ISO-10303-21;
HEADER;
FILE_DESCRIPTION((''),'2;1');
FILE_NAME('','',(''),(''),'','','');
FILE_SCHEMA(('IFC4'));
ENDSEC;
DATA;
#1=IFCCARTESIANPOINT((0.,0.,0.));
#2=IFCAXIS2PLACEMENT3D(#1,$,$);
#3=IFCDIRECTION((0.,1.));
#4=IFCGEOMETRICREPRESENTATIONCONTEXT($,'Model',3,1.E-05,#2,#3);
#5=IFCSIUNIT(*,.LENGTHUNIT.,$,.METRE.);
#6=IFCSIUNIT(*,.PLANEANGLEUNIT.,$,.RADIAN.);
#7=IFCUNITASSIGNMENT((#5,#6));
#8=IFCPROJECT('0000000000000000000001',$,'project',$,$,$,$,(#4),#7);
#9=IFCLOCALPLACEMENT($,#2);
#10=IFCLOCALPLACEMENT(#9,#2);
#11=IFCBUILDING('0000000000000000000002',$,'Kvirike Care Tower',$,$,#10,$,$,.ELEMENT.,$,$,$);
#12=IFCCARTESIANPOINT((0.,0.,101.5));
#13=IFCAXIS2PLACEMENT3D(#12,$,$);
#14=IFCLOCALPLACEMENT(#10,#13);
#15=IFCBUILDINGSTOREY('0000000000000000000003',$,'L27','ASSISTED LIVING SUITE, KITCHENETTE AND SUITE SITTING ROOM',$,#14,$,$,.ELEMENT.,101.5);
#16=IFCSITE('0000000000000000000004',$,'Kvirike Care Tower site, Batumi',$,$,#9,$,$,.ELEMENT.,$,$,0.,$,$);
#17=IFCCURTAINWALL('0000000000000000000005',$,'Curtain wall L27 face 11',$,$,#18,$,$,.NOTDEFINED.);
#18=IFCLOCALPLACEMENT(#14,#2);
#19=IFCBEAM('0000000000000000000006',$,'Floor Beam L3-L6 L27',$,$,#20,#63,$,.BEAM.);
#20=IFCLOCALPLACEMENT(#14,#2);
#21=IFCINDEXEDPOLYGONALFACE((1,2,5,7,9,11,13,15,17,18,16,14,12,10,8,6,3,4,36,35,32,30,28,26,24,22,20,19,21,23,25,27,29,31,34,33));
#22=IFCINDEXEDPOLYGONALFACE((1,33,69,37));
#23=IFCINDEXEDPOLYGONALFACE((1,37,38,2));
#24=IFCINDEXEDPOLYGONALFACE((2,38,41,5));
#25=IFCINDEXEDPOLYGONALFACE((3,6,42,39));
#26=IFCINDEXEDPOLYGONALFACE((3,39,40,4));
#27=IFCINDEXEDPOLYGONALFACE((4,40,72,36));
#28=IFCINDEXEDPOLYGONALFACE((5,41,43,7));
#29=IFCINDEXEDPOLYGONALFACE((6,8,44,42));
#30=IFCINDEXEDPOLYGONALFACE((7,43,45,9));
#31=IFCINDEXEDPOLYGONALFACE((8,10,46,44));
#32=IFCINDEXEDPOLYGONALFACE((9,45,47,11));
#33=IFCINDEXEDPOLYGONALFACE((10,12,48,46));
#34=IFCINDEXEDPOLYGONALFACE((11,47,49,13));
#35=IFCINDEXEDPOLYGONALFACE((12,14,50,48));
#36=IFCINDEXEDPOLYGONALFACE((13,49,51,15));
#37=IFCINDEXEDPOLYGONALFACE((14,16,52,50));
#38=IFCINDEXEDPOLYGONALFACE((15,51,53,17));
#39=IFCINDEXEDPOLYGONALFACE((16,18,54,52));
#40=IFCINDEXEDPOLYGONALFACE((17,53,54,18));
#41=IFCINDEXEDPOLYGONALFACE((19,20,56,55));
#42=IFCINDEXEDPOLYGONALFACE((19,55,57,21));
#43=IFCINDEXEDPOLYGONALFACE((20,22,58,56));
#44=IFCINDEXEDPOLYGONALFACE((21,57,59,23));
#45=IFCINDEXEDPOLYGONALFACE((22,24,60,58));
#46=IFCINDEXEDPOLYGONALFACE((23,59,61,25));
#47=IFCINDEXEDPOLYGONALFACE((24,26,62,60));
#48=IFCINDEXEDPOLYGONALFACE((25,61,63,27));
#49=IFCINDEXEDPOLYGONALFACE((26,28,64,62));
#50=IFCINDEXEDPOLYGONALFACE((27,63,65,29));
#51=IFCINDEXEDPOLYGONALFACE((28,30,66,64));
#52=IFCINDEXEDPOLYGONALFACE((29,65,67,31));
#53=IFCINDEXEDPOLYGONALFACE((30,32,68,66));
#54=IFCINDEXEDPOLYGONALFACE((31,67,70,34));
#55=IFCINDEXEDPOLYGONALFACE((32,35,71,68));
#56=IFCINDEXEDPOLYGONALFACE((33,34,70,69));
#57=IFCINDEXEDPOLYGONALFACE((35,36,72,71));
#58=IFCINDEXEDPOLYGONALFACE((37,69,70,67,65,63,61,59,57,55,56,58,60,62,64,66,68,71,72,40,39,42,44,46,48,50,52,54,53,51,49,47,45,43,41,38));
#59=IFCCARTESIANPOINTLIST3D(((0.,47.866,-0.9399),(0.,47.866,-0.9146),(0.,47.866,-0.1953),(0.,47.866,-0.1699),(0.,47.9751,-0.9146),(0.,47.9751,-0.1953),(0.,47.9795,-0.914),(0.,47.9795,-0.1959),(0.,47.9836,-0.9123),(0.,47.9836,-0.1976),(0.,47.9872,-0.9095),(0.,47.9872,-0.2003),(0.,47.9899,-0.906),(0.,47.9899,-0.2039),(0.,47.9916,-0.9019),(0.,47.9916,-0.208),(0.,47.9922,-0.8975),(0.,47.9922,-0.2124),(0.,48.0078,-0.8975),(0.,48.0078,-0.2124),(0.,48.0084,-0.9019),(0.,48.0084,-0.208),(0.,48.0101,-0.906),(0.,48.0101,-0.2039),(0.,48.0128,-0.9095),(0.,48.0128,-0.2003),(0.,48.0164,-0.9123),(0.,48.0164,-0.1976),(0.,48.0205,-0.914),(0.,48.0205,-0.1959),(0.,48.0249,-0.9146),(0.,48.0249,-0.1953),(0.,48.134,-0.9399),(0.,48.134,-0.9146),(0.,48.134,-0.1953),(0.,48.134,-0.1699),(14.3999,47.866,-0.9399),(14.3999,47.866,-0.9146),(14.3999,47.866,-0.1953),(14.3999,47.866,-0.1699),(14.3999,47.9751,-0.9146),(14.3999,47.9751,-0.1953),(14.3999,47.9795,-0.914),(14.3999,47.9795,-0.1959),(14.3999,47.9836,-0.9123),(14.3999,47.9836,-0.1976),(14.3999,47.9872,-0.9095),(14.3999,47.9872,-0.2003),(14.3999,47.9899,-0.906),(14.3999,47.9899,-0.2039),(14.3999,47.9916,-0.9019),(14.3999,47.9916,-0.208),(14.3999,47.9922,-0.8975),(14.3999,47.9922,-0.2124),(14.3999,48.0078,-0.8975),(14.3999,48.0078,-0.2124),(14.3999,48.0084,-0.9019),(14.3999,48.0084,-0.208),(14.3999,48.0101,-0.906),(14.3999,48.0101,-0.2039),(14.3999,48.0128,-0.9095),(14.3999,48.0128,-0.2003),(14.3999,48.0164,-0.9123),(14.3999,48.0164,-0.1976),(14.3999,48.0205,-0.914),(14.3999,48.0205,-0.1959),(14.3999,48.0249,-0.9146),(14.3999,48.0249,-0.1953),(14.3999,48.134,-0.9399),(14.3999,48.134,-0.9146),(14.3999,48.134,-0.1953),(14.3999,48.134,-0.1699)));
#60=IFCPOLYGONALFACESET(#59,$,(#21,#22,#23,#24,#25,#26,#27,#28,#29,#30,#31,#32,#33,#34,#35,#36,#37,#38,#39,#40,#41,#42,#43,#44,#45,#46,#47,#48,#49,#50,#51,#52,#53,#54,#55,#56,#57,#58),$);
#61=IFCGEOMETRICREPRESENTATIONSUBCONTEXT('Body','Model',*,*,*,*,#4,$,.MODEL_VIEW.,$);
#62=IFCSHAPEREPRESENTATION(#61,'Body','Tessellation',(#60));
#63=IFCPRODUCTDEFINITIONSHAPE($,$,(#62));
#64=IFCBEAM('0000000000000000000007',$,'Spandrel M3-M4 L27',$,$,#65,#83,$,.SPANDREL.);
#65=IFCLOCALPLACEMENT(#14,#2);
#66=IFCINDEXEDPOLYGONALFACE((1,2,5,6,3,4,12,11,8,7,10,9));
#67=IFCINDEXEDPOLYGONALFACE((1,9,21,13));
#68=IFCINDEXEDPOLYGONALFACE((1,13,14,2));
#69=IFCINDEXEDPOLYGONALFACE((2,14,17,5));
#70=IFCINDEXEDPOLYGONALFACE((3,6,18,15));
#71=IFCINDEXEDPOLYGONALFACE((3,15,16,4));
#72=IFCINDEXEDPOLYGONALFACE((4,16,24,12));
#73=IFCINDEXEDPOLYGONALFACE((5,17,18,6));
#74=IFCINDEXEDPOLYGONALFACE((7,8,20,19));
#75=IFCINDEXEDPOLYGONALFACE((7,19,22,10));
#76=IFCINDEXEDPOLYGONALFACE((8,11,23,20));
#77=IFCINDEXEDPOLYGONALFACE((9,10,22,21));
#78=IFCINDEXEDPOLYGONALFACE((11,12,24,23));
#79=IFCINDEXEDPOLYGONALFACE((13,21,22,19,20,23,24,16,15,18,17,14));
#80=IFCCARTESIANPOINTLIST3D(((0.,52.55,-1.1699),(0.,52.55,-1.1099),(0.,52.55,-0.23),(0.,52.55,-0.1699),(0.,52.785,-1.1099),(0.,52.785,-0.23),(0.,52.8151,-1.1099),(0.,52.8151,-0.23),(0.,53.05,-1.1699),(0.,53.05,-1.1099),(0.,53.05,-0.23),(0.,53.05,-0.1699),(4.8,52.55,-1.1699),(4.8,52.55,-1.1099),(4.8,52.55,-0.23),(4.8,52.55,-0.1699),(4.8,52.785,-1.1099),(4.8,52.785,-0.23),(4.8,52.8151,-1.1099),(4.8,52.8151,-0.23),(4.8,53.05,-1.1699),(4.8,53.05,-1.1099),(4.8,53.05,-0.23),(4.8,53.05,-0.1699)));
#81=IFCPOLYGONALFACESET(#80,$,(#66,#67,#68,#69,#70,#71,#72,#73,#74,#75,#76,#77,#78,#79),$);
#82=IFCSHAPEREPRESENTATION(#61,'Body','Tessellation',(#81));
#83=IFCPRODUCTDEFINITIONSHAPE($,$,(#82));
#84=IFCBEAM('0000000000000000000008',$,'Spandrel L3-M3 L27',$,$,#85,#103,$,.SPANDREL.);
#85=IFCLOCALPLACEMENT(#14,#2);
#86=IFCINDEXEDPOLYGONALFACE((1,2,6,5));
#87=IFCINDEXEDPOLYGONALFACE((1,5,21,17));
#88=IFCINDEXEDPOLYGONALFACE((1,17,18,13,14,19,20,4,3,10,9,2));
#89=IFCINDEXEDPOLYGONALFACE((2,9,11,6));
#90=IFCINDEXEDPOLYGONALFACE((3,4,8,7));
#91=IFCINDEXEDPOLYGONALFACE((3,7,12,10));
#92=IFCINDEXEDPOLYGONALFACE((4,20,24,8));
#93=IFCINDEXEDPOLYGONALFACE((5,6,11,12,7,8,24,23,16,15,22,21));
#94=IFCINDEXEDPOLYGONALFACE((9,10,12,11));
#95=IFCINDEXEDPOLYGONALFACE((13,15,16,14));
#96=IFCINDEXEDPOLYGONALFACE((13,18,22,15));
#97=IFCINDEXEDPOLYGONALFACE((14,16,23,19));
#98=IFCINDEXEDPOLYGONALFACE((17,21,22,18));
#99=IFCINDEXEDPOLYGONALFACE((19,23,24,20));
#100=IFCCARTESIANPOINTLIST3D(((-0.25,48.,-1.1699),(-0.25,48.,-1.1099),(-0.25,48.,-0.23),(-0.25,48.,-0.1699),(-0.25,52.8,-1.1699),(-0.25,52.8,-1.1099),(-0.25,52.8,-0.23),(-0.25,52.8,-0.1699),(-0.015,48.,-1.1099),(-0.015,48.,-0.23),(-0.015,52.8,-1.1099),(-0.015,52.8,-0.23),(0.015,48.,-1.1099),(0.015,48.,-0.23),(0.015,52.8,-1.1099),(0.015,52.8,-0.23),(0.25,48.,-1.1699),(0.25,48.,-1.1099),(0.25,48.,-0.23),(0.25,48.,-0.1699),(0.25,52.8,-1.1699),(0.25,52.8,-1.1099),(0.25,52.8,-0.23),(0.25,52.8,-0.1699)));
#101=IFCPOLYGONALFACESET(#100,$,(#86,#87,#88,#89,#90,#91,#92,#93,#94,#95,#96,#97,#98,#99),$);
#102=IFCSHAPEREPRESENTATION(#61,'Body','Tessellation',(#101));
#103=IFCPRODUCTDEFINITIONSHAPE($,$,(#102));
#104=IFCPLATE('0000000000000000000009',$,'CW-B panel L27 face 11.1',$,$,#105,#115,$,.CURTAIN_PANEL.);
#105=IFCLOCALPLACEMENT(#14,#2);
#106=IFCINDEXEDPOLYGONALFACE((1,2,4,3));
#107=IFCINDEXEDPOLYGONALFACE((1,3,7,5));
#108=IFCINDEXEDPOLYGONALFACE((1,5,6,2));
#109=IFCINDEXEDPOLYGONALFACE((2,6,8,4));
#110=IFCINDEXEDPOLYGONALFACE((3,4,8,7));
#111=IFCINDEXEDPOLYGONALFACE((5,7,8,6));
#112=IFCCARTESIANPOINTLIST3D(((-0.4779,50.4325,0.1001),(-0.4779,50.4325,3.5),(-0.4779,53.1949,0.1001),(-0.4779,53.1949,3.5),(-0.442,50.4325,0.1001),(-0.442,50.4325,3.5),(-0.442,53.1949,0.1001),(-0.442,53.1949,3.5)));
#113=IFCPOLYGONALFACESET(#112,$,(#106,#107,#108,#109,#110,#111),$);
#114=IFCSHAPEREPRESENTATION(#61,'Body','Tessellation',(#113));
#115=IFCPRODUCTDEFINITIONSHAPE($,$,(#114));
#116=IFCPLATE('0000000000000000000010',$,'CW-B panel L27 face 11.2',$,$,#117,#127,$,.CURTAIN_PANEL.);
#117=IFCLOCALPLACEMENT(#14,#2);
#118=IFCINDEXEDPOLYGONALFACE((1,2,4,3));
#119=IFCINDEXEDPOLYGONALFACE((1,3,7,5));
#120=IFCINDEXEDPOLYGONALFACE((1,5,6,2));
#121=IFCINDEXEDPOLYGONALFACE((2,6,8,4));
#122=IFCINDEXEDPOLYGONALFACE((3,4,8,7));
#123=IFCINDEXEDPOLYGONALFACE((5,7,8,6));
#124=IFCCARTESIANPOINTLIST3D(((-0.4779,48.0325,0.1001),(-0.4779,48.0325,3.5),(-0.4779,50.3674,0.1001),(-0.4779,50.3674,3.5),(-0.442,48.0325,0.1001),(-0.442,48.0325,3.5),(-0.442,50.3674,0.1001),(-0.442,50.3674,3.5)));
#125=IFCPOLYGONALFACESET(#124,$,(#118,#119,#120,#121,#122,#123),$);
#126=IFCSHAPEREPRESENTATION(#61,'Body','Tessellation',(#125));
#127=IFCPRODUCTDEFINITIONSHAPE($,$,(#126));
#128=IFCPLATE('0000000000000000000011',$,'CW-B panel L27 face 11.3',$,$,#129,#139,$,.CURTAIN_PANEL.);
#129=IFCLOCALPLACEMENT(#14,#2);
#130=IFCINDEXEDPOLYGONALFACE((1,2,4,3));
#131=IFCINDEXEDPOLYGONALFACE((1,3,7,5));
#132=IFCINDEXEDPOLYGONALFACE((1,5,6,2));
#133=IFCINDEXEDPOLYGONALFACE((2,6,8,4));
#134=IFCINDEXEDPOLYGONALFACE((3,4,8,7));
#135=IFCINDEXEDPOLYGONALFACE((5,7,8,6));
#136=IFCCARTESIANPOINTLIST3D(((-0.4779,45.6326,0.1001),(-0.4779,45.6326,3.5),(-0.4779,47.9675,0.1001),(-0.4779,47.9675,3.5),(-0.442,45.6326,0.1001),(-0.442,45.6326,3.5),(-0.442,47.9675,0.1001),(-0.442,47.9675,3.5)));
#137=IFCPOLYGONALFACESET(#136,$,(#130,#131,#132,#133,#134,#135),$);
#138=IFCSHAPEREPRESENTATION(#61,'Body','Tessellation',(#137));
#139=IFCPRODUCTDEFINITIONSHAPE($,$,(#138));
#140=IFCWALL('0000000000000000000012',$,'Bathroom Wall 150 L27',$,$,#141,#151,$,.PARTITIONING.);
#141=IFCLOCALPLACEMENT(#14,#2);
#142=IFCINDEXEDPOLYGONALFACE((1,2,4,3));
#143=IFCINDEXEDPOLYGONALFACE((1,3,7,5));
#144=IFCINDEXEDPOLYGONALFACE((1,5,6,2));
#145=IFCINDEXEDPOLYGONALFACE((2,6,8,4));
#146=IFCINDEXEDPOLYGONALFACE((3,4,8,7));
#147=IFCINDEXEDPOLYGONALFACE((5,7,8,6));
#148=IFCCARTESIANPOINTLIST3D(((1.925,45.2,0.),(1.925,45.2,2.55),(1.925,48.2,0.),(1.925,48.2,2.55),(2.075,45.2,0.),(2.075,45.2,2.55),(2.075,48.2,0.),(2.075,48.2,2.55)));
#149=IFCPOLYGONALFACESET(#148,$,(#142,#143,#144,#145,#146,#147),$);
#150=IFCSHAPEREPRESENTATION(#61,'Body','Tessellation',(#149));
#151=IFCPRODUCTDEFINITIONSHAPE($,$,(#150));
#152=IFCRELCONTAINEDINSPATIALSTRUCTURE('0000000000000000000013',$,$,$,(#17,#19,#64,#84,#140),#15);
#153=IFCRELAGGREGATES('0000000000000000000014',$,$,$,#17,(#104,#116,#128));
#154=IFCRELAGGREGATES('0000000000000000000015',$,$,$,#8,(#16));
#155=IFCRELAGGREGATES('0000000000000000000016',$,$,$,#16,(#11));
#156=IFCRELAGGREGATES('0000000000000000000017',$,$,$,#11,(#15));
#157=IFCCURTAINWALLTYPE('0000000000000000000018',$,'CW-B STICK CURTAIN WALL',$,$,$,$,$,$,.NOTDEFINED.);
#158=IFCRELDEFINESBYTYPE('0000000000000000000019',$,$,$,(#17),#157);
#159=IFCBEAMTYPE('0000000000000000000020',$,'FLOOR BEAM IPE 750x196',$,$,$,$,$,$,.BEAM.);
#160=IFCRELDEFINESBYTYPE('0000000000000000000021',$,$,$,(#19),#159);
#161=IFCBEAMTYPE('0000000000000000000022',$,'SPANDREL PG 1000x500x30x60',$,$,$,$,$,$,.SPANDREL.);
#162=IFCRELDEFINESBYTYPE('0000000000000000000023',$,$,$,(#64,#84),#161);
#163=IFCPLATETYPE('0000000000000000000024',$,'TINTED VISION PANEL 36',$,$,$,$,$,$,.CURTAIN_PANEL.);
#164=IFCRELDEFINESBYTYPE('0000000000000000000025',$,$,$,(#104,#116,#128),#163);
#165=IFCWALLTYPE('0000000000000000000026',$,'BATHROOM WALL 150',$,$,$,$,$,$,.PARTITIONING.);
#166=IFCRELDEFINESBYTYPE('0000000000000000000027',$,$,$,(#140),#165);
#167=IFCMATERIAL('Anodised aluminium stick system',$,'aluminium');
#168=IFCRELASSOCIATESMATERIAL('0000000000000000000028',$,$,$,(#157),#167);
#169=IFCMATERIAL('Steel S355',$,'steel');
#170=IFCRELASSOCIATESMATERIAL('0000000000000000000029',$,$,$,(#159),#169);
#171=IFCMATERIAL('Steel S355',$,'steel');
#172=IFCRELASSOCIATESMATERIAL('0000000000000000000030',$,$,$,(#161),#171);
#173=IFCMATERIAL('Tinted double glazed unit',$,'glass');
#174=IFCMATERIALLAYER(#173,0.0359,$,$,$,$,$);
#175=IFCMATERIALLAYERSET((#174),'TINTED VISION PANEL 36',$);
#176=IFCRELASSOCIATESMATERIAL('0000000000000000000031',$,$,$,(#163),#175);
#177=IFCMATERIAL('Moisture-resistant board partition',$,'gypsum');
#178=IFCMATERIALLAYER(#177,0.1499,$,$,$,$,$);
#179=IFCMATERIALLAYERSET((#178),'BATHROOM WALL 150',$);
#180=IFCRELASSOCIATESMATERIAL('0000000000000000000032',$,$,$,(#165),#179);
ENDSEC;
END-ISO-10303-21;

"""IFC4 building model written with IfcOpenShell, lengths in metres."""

from ifc_helpers import new_model, si_unit, direction, frame, frame_2d, origin, origin_2d, place, context, subcontext, project, spatial, rectangle, i_section, extrude, material, layer, layer_set, material_profile, profile_set, type_object, element, aggregate, save


model = new_model("IFC4")

# Units and contexts
model_context = context("Model", 3, precision=1e-05, world=origin(), true_north=direction((0.0, 1.0)))
body_context = subcontext(model_context, "Body", "Model", "MODEL_VIEW")
ifc_project = project(units=[si_unit("LENGTHUNIT", "METRE"), si_unit("PLANEANGLEUNIT", "RADIAN")], contexts=[model_context])

# Site, building, storey
site_placement = place(None, origin())
site = spatial("IfcSite", under=ifc_project, at=site_placement, Name="Kvirike Care Tower site, Batumi", CompositionType="ELEMENT", RefElevation=0.0)
building_placement = place(site_placement, origin())
building = spatial("IfcBuilding", under=site, at=building_placement, Name="Kvirike Care Tower", CompositionType="ELEMENT")
storey_placement = place(building_placement, frame((0.0, 0.0, 101.5)))
storey = spatial("IfcBuildingStorey", under=building, at=storey_placement, Name="L27", Description="ASSISTED LIVING SUITE, KITCHENETTE AND SUITE SITTING ROOM", CompositionType="ELEMENT", Elevation=101.5)

# Curtain wall
ifc_material_1 = material(Name="Anodised aluminium stick system", Category="aluminium")
curtain_wall_type = type_object("IfcCurtainWallType", Name="CW-B STICK CURTAIN WALL", PredefinedType="NOTDEFINED", material=ifc_material_1)
curtain_wall_placement = place(storey_placement, origin())
curtain_wall = element("IfcCurtainWall", 1, at=curtain_wall_placement, inside=storey, type_object=curtain_wall_type, Name="Curtain wall L27 face 11", PredefinedType="NOTDEFINED")

# Beams
ifc_material_2 = material(Name="Steel S355", Category="steel")
ifc_material_profile_1 = material_profile(ifc_material_2, i_section(OverallWidth=0.2681, OverallDepth=0.77, WebThickness=0.0156, FlangeThickness=0.0254, FilletRadius=0.0171, at=origin_2d()), Name="IPE 750x196")
ifc_profile_set_1 = profile_set([ifc_material_profile_1], Name="Steel S355")
beam_type_1 = type_object("IfcBeamType", Name="FLOOR BEAM IPE 750x196", PredefinedType="BEAM", material=ifc_profile_set_1)
beam_placement = place(storey_placement, frame((0.0, 48.0, -0.5549), z_axis=(1.0, 0.0, 0.0), x_axis=(0.0, 1.0, 0.0)))
element("IfcBeam", 2, at=beam_placement, inside=storey, type_object=beam_type_1, Name="Floor Beam L3-L6 L27", PredefinedType="BEAM", context=body_context, shape_type="SweptSolid", body=[
    extrude(i_section(OverallWidth=0.2681, OverallDepth=0.77, WebThickness=0.0156, FlangeThickness=0.0254, FilletRadius=0.0171, at=origin_2d()), origin(), (0.0, 0.0, 1.0), 14.3999),
])
ifc_material_3 = material(Name="Steel S355", Category="steel")
ifc_material_profile_2 = material_profile(ifc_material_3, i_section(OverallWidth=0.5, OverallDepth=1.0, WebThickness=0.03, FlangeThickness=0.0601, at=origin_2d()), Name="PG 1000x500x30x60")
ifc_profile_set_2 = profile_set([ifc_material_profile_2], Name="Steel S355")
beam_type_2 = type_object("IfcBeamType", Name="SPANDREL PG 1000x500x30x60", PredefinedType="SPANDREL", material=ifc_profile_set_2)
for number, where, z_axis, x_axis, name in (
    (3, (0.0, 52.8, -0.6699), (1.0, 0.0, 0.0), (0.0, 1.0, 0.0), "Spandrel M3-M4 L27"),
    (4, (0.0, 48.0, -0.6699), (0.0, 1.0, 0.0), (-1.0, 0.0, 0.0), "Spandrel L3-M3 L27"),
):
    element("IfcBeam", number, at=place(storey_placement, frame(where, z_axis=z_axis, x_axis=x_axis)), inside=storey, type_object=beam_type_2, Name=name, PredefinedType="SPANDREL", context=body_context, shape_type="SweptSolid", body=[
        extrude(i_section(OverallWidth=0.5, OverallDepth=1.0, WebThickness=0.03, FlangeThickness=0.0601, at=origin_2d()), origin(), (0.0, 0.0, 1.0), 4.8),
    ])

# Plates
ifc_material_4 = material(Name="Tinted double glazed unit", Category="glass")
ifc_layer_1 = layer(ifc_material_4, 0.0359)
ifc_layer_set_1 = layer_set([ifc_layer_1], Name="TINTED VISION PANEL 36")
plate_type = type_object("IfcPlateType", Name="TINTED VISION PANEL 36", PredefinedType="CURTAIN_PANEL", material=ifc_layer_set_1)
plate_1_placement = place(storey_placement, frame((-0.46, 51.8137, 0.1001), z_axis=(0.0, 0.0, 1.0), x_axis=(0.0, -1.0, 0.0)))
plate_1 = element("IfcPlate", 5, at=plate_1_placement, type_object=plate_type, Name="CW-B panel L27 face 11.1", PredefinedType="CURTAIN_PANEL", context=body_context, shape_type="SweptSolid", body=[
    extrude(rectangle(XDim=2.7625, YDim=0.0359, at=origin_2d()), origin(), (0.0, 0.0, 1.0), 3.3999),
])
plate_2_placement = place(storey_placement, frame((-0.46, 49.2, 0.1001), z_axis=(0.0, 0.0, 1.0), x_axis=(0.0, -1.0, 0.0)))
plate_2 = element("IfcPlate", 6, at=plate_2_placement, type_object=plate_type, Name="CW-B panel L27 face 11.2", PredefinedType="CURTAIN_PANEL", context=body_context, shape_type="SweptSolid", body=[
    extrude(rectangle(XDim=2.335, YDim=0.0359, at=origin_2d()), origin(), (0.0, 0.0, 1.0), 3.3999),
])
plate_3_placement = place(storey_placement, frame((-0.46, 46.8, 0.1001), z_axis=(0.0, 0.0, 1.0), x_axis=(0.0, -1.0, 0.0)))
plate_3 = element("IfcPlate", 7, at=plate_3_placement, type_object=plate_type, Name="CW-B panel L27 face 11.3", PredefinedType="CURTAIN_PANEL", context=body_context, shape_type="SweptSolid", body=[
    extrude(rectangle(XDim=2.335, YDim=0.0359, at=origin_2d()), origin(), (0.0, 0.0, 1.0), 3.3999),
])
aggregate(curtain_wall, [plate_1, plate_2, plate_3])

# Wall
ifc_material_5 = material(Name="Moisture-resistant board partition", Category="gypsum")
ifc_layer_2 = layer(ifc_material_5, 0.1499)
ifc_layer_set_2 = layer_set([ifc_layer_2], Name="BATHROOM WALL 150")
wall_type_1 = type_object("IfcWallType", Name="BATHROOM WALL 150", PredefinedType="PARTITIONING", material=ifc_layer_set_2)
wall_1_placement = place(storey_placement, frame((2.0, 48.2, 0.0), z_axis=(0.0, 0.0, 1.0), x_axis=(0.0, -1.0, 0.0)))
element("IfcWall", 8, at=wall_1_placement, inside=storey, type_object=wall_type_1, Name="Bathroom Wall 150 L27", PredefinedType="PARTITIONING", context=body_context, shape_type="SweptSolid", body=[
    extrude(rectangle(XDim=3.0, YDim=0.1499, at=frame_2d((1.5, 0.0))), origin(), (0.0, 0.0, 1.0), 2.55),
])

save(model, "model.ifc")
